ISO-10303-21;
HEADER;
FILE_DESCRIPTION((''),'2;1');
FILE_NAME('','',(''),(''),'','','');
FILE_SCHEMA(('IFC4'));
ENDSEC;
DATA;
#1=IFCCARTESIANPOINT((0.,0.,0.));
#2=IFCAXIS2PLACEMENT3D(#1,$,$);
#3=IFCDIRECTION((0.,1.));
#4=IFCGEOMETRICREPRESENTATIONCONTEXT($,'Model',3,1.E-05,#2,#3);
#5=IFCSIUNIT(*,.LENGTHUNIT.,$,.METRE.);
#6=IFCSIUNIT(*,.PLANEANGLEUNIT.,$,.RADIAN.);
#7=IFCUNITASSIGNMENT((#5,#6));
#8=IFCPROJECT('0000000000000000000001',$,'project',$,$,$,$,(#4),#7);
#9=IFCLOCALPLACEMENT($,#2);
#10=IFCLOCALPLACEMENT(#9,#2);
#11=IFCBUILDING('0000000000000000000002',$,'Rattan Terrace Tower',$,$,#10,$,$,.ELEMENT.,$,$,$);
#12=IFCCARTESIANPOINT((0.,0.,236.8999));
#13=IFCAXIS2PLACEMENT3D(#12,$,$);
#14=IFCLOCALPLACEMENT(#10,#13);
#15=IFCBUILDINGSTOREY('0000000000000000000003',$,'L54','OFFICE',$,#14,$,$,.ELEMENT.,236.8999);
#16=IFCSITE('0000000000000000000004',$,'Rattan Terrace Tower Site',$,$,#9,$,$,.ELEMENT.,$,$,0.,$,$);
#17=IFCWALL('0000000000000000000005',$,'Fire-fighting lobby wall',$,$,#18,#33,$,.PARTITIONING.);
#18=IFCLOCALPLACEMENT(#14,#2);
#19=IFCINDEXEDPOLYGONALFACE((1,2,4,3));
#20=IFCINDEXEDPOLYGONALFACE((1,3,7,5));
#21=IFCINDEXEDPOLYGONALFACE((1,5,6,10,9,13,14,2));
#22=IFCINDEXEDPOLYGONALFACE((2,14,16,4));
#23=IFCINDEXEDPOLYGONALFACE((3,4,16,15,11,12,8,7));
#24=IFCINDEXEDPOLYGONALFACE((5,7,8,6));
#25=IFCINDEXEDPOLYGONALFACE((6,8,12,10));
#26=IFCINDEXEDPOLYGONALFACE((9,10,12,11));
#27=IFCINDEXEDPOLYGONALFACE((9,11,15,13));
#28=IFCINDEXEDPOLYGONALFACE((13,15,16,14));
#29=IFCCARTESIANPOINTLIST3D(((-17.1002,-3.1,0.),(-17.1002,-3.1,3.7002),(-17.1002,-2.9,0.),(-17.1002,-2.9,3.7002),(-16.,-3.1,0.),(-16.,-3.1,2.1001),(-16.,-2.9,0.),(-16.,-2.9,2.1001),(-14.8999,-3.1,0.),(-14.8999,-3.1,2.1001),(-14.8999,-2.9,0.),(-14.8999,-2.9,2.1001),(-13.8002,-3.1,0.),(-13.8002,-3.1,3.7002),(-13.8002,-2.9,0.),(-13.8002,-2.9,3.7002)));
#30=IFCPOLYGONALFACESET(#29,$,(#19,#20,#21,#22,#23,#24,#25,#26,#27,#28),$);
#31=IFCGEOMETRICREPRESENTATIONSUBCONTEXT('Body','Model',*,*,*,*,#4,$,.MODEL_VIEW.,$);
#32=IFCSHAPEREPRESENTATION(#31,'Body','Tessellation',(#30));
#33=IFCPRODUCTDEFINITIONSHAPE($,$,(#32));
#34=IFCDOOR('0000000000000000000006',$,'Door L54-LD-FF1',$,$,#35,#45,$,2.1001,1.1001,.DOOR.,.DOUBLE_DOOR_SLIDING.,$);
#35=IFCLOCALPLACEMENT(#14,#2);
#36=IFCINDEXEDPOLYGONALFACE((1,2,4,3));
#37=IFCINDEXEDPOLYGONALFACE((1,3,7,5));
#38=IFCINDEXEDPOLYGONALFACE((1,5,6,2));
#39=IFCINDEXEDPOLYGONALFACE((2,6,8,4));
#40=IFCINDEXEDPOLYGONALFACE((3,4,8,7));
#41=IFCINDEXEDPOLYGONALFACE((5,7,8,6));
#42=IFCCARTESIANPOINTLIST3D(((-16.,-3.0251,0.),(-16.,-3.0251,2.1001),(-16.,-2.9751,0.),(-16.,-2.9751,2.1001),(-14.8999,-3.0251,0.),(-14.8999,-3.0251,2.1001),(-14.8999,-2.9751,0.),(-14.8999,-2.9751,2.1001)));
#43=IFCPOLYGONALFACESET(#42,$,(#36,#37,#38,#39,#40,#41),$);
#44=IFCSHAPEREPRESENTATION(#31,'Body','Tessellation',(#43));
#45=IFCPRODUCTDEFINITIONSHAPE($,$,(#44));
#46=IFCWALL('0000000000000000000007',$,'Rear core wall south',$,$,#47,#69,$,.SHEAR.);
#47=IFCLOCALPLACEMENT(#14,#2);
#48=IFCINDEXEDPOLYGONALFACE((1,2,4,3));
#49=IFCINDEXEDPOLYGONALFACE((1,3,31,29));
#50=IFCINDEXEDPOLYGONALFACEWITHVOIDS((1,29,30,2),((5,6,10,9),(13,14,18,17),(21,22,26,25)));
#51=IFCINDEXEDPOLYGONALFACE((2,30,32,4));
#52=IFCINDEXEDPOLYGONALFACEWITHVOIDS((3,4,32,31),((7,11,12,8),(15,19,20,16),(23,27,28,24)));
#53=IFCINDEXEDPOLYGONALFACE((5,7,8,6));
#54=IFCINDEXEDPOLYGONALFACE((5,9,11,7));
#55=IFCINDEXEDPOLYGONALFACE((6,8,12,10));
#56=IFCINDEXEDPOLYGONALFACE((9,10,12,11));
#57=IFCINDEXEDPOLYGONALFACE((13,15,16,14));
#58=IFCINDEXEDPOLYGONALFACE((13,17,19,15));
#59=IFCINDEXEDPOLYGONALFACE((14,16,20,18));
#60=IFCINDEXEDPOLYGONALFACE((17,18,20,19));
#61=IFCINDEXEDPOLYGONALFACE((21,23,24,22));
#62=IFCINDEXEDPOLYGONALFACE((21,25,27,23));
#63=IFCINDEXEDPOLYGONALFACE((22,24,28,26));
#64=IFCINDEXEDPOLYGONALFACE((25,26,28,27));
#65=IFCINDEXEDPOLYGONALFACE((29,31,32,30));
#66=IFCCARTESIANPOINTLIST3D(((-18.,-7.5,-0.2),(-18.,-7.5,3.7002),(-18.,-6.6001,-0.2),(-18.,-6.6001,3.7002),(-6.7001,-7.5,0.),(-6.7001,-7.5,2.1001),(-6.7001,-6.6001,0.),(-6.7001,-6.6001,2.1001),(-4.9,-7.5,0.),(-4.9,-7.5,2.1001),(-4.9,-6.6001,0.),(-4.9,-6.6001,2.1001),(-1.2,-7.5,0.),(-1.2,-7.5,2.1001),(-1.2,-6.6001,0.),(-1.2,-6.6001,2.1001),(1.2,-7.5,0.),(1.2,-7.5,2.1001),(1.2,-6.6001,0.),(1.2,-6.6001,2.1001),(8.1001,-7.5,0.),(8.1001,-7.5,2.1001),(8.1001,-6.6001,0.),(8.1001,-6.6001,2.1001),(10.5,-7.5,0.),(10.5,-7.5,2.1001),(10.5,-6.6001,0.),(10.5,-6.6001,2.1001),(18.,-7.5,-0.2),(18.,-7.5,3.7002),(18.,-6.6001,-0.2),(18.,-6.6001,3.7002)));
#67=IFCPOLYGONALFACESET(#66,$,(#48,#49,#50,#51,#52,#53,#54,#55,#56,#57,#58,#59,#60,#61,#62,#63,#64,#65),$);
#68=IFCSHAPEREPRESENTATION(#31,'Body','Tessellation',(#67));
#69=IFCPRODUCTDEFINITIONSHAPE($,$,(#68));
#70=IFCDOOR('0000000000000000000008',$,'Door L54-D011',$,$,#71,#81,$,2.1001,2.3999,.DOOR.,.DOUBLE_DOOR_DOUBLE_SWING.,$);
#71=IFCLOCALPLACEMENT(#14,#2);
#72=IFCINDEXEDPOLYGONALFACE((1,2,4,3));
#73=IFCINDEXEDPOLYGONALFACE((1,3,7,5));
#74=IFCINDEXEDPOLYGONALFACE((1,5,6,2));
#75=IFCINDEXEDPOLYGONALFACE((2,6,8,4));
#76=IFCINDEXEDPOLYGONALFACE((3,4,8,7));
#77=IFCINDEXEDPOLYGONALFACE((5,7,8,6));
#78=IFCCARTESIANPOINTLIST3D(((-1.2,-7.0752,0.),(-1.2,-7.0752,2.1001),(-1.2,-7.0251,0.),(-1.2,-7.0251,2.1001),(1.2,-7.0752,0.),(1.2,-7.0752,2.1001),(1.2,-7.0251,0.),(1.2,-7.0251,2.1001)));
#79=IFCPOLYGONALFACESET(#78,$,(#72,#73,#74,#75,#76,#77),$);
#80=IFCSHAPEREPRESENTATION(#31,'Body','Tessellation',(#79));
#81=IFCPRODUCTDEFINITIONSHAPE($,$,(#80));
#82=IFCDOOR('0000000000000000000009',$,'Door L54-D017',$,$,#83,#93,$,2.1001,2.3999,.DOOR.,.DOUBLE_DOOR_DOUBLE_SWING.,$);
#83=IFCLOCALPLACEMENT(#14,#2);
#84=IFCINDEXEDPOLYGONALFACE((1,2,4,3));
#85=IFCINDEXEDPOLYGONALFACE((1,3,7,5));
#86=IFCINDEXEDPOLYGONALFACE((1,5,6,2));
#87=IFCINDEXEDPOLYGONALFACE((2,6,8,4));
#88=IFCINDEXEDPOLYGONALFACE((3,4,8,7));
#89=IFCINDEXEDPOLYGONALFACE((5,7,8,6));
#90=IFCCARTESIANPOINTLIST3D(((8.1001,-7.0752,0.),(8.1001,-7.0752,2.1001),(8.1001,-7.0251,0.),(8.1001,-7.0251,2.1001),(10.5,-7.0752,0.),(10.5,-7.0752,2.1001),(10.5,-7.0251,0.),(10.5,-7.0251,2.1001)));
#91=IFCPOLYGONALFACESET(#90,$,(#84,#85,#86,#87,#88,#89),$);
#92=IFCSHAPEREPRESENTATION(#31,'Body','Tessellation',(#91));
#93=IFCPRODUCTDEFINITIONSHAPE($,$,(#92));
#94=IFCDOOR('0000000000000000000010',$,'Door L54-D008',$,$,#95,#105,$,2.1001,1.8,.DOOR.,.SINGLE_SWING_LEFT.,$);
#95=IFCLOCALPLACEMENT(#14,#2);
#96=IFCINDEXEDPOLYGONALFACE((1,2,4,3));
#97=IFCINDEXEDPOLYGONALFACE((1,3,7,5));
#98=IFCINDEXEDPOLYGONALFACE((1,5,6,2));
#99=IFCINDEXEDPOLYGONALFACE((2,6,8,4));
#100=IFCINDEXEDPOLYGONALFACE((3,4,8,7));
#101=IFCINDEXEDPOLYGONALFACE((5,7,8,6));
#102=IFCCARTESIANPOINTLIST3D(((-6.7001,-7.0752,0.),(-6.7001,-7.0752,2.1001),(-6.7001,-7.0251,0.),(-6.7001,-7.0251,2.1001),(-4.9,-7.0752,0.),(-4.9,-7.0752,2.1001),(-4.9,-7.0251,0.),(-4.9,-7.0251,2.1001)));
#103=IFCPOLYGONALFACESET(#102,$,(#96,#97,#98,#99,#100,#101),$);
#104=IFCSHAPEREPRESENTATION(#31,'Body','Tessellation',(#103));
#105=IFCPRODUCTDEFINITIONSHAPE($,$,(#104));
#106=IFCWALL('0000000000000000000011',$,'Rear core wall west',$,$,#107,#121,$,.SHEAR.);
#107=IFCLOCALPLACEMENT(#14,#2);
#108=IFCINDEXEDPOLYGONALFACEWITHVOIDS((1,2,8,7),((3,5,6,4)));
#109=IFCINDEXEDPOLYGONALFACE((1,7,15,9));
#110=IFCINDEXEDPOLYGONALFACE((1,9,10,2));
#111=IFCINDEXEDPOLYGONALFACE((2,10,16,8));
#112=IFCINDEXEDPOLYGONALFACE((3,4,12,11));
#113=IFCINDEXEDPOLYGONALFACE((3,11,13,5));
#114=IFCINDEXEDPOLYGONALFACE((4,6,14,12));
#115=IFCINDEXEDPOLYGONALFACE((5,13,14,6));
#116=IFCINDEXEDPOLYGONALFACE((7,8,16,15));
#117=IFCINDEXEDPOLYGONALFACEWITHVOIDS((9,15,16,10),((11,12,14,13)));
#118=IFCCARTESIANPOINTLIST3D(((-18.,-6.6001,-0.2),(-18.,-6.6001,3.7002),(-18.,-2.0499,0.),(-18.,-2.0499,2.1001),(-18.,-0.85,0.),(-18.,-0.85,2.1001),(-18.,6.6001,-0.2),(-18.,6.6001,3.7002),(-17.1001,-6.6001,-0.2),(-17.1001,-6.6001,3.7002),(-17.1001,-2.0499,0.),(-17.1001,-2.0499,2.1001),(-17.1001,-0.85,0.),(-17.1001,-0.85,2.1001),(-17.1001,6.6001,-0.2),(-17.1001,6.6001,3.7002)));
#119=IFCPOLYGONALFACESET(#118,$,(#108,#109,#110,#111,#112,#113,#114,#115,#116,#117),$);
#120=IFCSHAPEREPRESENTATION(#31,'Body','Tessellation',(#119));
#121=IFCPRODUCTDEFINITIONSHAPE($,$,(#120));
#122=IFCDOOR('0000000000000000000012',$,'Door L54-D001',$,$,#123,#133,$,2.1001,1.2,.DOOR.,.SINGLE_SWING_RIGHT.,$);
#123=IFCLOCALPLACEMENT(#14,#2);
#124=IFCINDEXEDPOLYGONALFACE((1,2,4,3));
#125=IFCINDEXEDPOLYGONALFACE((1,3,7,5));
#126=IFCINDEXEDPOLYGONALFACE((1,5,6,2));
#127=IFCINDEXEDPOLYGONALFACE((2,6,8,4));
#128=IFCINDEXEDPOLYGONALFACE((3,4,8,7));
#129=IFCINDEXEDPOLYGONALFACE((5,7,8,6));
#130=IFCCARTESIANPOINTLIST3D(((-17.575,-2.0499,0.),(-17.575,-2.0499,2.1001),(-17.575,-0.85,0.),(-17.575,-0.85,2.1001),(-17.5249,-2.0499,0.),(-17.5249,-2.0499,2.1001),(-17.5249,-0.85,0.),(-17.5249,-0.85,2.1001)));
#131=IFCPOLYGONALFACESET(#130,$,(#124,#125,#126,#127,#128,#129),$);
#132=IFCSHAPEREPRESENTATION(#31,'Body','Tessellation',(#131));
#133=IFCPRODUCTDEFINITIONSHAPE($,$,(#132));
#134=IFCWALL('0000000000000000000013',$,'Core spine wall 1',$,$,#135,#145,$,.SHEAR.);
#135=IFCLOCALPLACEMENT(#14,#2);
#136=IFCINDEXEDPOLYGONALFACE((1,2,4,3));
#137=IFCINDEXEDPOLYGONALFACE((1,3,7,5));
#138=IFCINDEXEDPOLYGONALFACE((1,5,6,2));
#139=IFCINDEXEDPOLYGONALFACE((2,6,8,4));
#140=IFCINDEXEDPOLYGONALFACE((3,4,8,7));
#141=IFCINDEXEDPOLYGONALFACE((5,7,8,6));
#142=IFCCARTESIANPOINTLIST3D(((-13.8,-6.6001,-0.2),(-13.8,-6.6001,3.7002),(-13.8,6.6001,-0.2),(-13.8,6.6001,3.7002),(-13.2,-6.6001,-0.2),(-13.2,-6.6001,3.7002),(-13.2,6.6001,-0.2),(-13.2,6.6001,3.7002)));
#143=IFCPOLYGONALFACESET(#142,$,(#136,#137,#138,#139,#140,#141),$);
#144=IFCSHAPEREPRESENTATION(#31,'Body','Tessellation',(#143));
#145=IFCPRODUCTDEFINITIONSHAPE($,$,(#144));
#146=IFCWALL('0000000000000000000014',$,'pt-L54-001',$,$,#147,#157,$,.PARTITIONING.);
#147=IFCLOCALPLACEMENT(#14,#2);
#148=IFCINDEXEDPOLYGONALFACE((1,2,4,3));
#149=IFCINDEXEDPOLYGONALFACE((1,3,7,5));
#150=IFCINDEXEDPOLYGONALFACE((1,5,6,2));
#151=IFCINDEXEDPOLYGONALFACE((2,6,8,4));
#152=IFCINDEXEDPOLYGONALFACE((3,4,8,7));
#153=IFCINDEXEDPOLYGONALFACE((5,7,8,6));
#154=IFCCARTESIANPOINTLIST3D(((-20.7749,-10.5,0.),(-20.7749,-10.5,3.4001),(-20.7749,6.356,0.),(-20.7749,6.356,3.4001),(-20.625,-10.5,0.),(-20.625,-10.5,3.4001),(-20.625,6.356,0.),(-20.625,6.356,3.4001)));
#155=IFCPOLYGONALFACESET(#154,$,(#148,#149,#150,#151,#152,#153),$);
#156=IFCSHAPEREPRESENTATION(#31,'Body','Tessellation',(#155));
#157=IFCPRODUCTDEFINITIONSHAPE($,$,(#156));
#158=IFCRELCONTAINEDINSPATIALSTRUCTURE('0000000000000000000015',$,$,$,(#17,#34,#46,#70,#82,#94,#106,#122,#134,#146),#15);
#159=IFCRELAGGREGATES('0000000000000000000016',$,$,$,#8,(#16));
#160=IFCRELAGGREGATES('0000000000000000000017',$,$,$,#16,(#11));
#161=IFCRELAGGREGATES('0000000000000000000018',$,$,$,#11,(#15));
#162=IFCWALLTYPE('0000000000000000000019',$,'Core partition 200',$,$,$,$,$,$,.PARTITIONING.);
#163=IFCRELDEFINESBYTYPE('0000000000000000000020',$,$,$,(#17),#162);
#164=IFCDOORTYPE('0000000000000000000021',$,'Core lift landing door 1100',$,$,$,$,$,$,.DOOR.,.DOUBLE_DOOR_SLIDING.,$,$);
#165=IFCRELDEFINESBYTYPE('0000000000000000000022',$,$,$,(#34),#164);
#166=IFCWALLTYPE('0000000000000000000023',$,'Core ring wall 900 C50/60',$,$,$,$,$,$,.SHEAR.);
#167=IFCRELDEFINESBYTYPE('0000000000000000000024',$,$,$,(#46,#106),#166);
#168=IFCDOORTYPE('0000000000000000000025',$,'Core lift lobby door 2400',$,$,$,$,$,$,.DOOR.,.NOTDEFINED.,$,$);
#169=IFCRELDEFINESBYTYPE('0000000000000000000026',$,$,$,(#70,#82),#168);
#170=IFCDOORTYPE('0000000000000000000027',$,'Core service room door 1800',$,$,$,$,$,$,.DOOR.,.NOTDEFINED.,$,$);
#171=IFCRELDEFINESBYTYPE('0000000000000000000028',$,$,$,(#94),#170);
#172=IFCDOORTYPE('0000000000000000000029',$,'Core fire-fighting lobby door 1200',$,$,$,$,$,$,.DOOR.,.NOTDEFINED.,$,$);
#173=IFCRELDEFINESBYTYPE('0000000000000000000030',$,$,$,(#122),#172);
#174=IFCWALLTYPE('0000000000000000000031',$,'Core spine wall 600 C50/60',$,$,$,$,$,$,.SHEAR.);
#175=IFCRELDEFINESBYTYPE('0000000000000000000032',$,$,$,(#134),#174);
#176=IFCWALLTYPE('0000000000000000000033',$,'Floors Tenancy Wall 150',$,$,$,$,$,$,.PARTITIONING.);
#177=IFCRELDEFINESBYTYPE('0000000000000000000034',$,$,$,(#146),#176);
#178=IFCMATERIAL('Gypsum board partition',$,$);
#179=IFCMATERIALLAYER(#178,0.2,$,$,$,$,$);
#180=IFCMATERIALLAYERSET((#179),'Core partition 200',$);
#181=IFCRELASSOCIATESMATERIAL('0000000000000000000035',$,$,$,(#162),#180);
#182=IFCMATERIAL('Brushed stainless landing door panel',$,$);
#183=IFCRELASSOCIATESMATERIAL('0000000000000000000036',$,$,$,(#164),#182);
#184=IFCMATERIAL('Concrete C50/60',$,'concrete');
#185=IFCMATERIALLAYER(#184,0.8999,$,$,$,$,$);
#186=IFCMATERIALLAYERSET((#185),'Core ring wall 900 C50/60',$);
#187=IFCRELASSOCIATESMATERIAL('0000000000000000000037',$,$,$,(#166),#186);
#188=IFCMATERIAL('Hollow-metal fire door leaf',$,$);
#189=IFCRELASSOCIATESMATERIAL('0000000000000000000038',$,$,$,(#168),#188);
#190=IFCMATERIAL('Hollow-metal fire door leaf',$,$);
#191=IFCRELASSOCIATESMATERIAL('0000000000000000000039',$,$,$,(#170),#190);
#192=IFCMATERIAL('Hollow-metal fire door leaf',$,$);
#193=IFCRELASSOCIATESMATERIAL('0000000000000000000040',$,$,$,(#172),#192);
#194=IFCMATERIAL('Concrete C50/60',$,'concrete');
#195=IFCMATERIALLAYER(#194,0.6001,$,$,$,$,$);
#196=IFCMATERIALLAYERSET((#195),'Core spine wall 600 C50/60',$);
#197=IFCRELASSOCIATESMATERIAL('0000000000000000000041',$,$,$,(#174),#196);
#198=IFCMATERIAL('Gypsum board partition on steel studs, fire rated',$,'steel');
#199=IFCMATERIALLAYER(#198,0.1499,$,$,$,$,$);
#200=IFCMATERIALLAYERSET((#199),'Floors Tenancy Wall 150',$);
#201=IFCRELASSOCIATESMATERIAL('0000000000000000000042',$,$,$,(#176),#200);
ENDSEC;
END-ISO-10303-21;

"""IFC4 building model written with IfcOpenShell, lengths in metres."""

from ifc_helpers import new_model, si_unit, direction, frame, frame_2d, origin, place, context, subcontext, project, spatial, rectangle, extrude, material, layer, layer_set, type_object, element, fill, save


model = new_model("IFC4")

# Units and contexts
model_context = context("Model", 3, precision=1e-05, world=origin(), true_north=direction((0.0, 1.0)))
body_context = subcontext(model_context, "Body", "Model", "MODEL_VIEW")
ifc_project = project(units=[si_unit("LENGTHUNIT", "METRE"), si_unit("PLANEANGLEUNIT", "RADIAN")], contexts=[model_context])

# Site, building, storey
site_placement = place(None, origin())
site = spatial("IfcSite", under=ifc_project, at=site_placement, Name="Rattan Terrace Tower Site", CompositionType="ELEMENT", RefElevation=0.0)
building_placement = place(site_placement, origin())
building = spatial("IfcBuilding", under=site, at=building_placement, Name="Rattan Terrace Tower", CompositionType="ELEMENT")
storey_placement = place(building_placement, frame((0.0, 0.0, 236.8999)))
storey = spatial("IfcBuildingStorey", under=building, at=storey_placement, Name="L54", Description="OFFICE", CompositionType="ELEMENT", Elevation=236.8999)

# Wall, opening, door
ifc_material_1 = material(Name="Gypsum board partition")
ifc_layer_1 = layer(ifc_material_1, 0.2)
ifc_layer_set_1 = layer_set([ifc_layer_1], Name="Core partition 200")
wall_type_1 = type_object("IfcWallType", Name="Core partition 200", PredefinedType="PARTITIONING", material=ifc_layer_set_1)
wall_1_placement = place(storey_placement, frame((-17.1001, -3.0, 0.0), z_axis=(0.0, 0.0, 1.0), x_axis=(1.0, 0.0, 0.0)))
wall_1 = element("IfcWall", 1, at=wall_1_placement, inside=storey, type_object=wall_type_1, Name="Fire-fighting lobby wall", PredefinedType="PARTITIONING", context=body_context, shape_type="SweptSolid", body=[
    extrude(rectangle(XDim=3.3, YDim=0.2, at=frame_2d((1.6499, 0.0))), origin(), (0.0, 0.0, 1.0), 3.7002),
])
opening_1_placement = place(wall_1_placement, frame((1.1001, 0.0, 0.0)))
opening_1 = element("IfcOpeningElement", 2, at=opening_1_placement, cuts=wall_1, PredefinedType="OPENING", context=body_context, shape_type="SweptSolid", body=[
    extrude(rectangle(XDim=1.1001, YDim=2.1001, at=frame_2d((0.55, 1.05))), frame((0.0, 0.1106, 0.0), z_axis=(0.0, -1.0, 0.0), x_axis=(1.0, 0.0, 0.0)), (0.0, 0.0, 1.0), 0.2209),
])
ifc_material_2 = material(Name="Brushed stainless landing door panel")
door_type_1 = type_object("IfcDoorType", Name="Core lift landing door 1100", OperationType="DOUBLE_DOOR_SLIDING", PredefinedType="DOOR", material=ifc_material_2)
door_1_placement = place(opening_1_placement, origin())
door_1 = element("IfcDoor", 3, at=door_1_placement, inside=storey, type_object=door_type_1, Name="Door L54-LD-FF1", OperationType="DOUBLE_DOOR_SLIDING", OverallHeight=2.1001, OverallWidth=1.1001, PredefinedType="DOOR", context=body_context, shape_type="SweptSolid", body=[
    extrude(rectangle(XDim=1.1001, YDim=2.1001, at=frame_2d((0.55, 1.05))), frame((0.0, 0.0249, 0.0), z_axis=(0.0, -1.0, 0.0), x_axis=(1.0, 0.0, 0.0)), (0.0, 0.0, 1.0), 0.05),
])
fill(opening_1, door_1)

# Wall, openings, doors
ifc_material_3 = material(Name="Concrete C50/60", Category="concrete")
ifc_layer_2 = layer(ifc_material_3, 0.8999)
ifc_layer_set_2 = layer_set([ifc_layer_2], Name="Core ring wall 900 C50/60")
wall_type_2 = type_object("IfcWallType", Name="Core ring wall 900 C50/60", PredefinedType="SHEAR", material=ifc_layer_set_2)
wall_2_placement = place(storey_placement, frame((-18.0, -7.05, -0.2), z_axis=(0.0, 0.0, 1.0), x_axis=(1.0, 0.0, 0.0)))
wall_2 = element("IfcWall", 4, at=wall_2_placement, inside=storey, type_object=wall_type_2, Name="Rear core wall south", PredefinedType="SHEAR", context=body_context, shape_type="SweptSolid", body=[
    extrude(rectangle(XDim=36.0, YDim=0.8999, at=frame_2d((18.0, 0.0))), origin(), (0.0, 0.0, 1.0), 3.9001),
])
opening_2_placement = place(wall_2_placement, frame((11.3, 0.0, 0.2)))
opening_2 = element("IfcOpeningElement", 5, at=opening_2_placement, cuts=wall_2, PredefinedType="OPENING", context=body_context, shape_type="SweptSolid", body=[
    extrude(rectangle(XDim=1.8, YDim=2.1001, at=frame_2d((0.8999, 1.05))), frame((0.0, 0.4604, 0.0), z_axis=(0.0, -1.0, 0.0), x_axis=(1.0, 0.0, 0.0)), (0.0, 0.0, 1.0), 0.9209),
])
opening_3_placement = place(wall_2_placement, frame((16.8, 0.0, 0.2)))
opening_3 = element("IfcOpeningElement", 6, at=opening_3_placement, cuts=wall_2, PredefinedType="OPENING", context=body_context, shape_type="SweptSolid", body=[
    extrude(rectangle(XDim=2.3999, YDim=2.1001, at=frame_2d((1.2, 1.05))), frame((0.0, 0.4604, 0.0), z_axis=(0.0, -1.0, 0.0), x_axis=(1.0, 0.0, 0.0)), (0.0, 0.0, 1.0), 0.9209),
])
opening_4_placement = place(wall_2_placement, frame((26.1001, 0.0, 0.2)))
opening_4 = element("IfcOpeningElement", 7, at=opening_4_placement, cuts=wall_2, PredefinedType="OPENING", context=body_context, shape_type="SweptSolid", body=[
    extrude(rectangle(XDim=2.3999, YDim=2.1001, at=frame_2d((1.2, 1.05))), frame((0.0, 0.4604, 0.0), z_axis=(0.0, -1.0, 0.0), x_axis=(1.0, 0.0, 0.0)), (0.0, 0.0, 1.0), 0.9209),
])
ifc_material_4 = material(Name="Hollow-metal fire door leaf")
door_type_2 = type_object("IfcDoorType", Name="Core lift lobby door 2400", OperationType="NOTDEFINED", PredefinedType="DOOR", material=ifc_material_4)
door_2_placement = place(opening_3_placement, origin())
door_2 = element("IfcDoor", 8, at=door_2_placement, inside=storey, type_object=door_type_2, Name="Door L54-D011", OperationType="DOUBLE_DOOR_DOUBLE_SWING", OverallHeight=2.1001, OverallWidth=2.3999, PredefinedType="DOOR", context=body_context, shape_type="SweptSolid", body=[
    extrude(rectangle(XDim=2.3999, YDim=2.1001, at=frame_2d((1.2, 1.05))), frame((0.0, 0.0249, 0.0), z_axis=(0.0, -1.0, 0.0), x_axis=(1.0, 0.0, 0.0)), (0.0, 0.0, 1.0), 0.05),
])
fill(opening_3, door_2)
door_3_placement = place(opening_4_placement, origin())
door_3 = element("IfcDoor", 9, at=door_3_placement, inside=storey, type_object=door_type_2, Name="Door L54-D017", OperationType="DOUBLE_DOOR_DOUBLE_SWING", OverallHeight=2.1001, OverallWidth=2.3999, PredefinedType="DOOR", context=body_context, shape_type="SweptSolid", body=[
    extrude(rectangle(XDim=2.3999, YDim=2.1001, at=frame_2d((1.2, 1.05))), frame((0.0, 0.0249, 0.0), z_axis=(0.0, -1.0, 0.0), x_axis=(1.0, 0.0, 0.0)), (0.0, 0.0, 1.0), 0.05),
])
fill(opening_4, door_3)
ifc_material_5 = material(Name="Hollow-metal fire door leaf")
door_type_3 = type_object("IfcDoorType", Name="Core service room door 1800", OperationType="NOTDEFINED", PredefinedType="DOOR", material=ifc_material_5)
door_4_placement = place(opening_2_placement, origin())
door_4 = element("IfcDoor", 10, at=door_4_placement, inside=storey, type_object=door_type_3, Name="Door L54-D008", OperationType="SINGLE_SWING_LEFT", OverallHeight=2.1001, OverallWidth=1.8, PredefinedType="DOOR", context=body_context, shape_type="SweptSolid", body=[
    extrude(rectangle(XDim=1.8, YDim=2.1001, at=frame_2d((0.8999, 1.05))), frame((0.0, 0.0249, 0.0), z_axis=(0.0, -1.0, 0.0), x_axis=(1.0, 0.0, 0.0)), (0.0, 0.0, 1.0), 0.05),
])
fill(opening_2, door_4)

# Wall, opening, door
wall_3_placement = place(storey_placement, frame((-17.55, -6.6001, -0.2), z_axis=(0.0, 0.0, 1.0), x_axis=(0.0, 1.0, 0.0)))
wall_3 = element("IfcWall", 11, at=wall_3_placement, inside=storey, type_object=wall_type_2, Name="Rear core wall west", PredefinedType="SHEAR", context=body_context, shape_type="SweptSolid", body=[
    extrude(rectangle(XDim=13.2002, YDim=0.8999, at=frame_2d((6.6001, 0.0))), origin(), (0.0, 0.0, 1.0), 3.9001),
])
opening_5_placement = place(wall_3_placement, frame((4.55, 0.0, 0.2)))
opening_5 = element("IfcOpeningElement", 12, at=opening_5_placement, cuts=wall_3, PredefinedType="OPENING", context=body_context, shape_type="SweptSolid", body=[
    extrude(rectangle(XDim=1.2, YDim=2.1001, at=frame_2d((0.6001, 1.05))), frame((0.0, 0.4604, 0.0), z_axis=(0.0, -1.0, 0.0), x_axis=(1.0, 0.0, 0.0)), (0.0, 0.0, 1.0), 0.9209),
])
ifc_material_6 = material(Name="Hollow-metal fire door leaf")
door_type_4 = type_object("IfcDoorType", Name="Core fire-fighting lobby door 1200", OperationType="NOTDEFINED", PredefinedType="DOOR", material=ifc_material_6)
door_5_placement = place(opening_5_placement, origin())
door_5 = element("IfcDoor", 13, at=door_5_placement, inside=storey, type_object=door_type_4, Name="Door L54-D001", OperationType="SINGLE_SWING_RIGHT", OverallHeight=2.1001, OverallWidth=1.2, PredefinedType="DOOR", context=body_context, shape_type="SweptSolid", body=[
    extrude(rectangle(XDim=1.2, YDim=2.1001, at=frame_2d((0.6001, 1.05))), frame((0.0, 0.0249, 0.0), z_axis=(0.0, -1.0, 0.0), x_axis=(1.0, 0.0, 0.0)), (0.0, 0.0, 1.0), 0.05),
])
fill(opening_5, door_5)

# Walls
ifc_material_7 = material(Name="Concrete C50/60", Category="concrete")
ifc_layer_3 = layer(ifc_material_7, 0.6001)
ifc_layer_set_3 = layer_set([ifc_layer_3], Name="Core spine wall 600 C50/60")
wall_type_3 = type_object("IfcWallType", Name="Core spine wall 600 C50/60", PredefinedType="SHEAR", material=ifc_layer_set_3)
wall_4_placement = place(storey_placement, frame((-13.5, -6.6001, -0.2), z_axis=(0.0, 0.0, 1.0), x_axis=(0.0, 1.0, 0.0)))
element("IfcWall", 14, at=wall_4_placement, inside=storey, type_object=wall_type_3, Name="Core spine wall 1", PredefinedType="SHEAR", context=body_context, shape_type="SweptSolid", body=[
    extrude(rectangle(XDim=13.2002, YDim=0.6001, at=frame_2d((6.6001, 0.0))), origin(), (0.0, 0.0, 1.0), 3.9001),
])
ifc_material_8 = material(Name="Gypsum board partition on steel studs, fire rated", Category="steel")
ifc_layer_4 = layer(ifc_material_8, 0.1499)
ifc_layer_set_4 = layer_set([ifc_layer_4], Name="Floors Tenancy Wall 150")
wall_type_4 = type_object("IfcWallType", Name="Floors Tenancy Wall 150", PredefinedType="PARTITIONING", material=ifc_layer_set_4)
wall_5_placement = place(storey_placement, frame((-20.7, -10.5, 0.0), z_axis=(0.0, 0.0, 1.0), x_axis=(0.0, 1.0, 0.0)))
element("IfcWall", 15, at=wall_5_placement, inside=storey, type_object=wall_type_4, Name="pt-L54-001", PredefinedType="PARTITIONING", context=body_context, shape_type="SweptSolid", body=[
    extrude(rectangle(XDim=16.856, YDim=0.1499, at=frame_2d((8.428, 0.0))), origin(), (0.0, 0.0, 1.0), 3.4001),
])

save(model, "model.ifc")
